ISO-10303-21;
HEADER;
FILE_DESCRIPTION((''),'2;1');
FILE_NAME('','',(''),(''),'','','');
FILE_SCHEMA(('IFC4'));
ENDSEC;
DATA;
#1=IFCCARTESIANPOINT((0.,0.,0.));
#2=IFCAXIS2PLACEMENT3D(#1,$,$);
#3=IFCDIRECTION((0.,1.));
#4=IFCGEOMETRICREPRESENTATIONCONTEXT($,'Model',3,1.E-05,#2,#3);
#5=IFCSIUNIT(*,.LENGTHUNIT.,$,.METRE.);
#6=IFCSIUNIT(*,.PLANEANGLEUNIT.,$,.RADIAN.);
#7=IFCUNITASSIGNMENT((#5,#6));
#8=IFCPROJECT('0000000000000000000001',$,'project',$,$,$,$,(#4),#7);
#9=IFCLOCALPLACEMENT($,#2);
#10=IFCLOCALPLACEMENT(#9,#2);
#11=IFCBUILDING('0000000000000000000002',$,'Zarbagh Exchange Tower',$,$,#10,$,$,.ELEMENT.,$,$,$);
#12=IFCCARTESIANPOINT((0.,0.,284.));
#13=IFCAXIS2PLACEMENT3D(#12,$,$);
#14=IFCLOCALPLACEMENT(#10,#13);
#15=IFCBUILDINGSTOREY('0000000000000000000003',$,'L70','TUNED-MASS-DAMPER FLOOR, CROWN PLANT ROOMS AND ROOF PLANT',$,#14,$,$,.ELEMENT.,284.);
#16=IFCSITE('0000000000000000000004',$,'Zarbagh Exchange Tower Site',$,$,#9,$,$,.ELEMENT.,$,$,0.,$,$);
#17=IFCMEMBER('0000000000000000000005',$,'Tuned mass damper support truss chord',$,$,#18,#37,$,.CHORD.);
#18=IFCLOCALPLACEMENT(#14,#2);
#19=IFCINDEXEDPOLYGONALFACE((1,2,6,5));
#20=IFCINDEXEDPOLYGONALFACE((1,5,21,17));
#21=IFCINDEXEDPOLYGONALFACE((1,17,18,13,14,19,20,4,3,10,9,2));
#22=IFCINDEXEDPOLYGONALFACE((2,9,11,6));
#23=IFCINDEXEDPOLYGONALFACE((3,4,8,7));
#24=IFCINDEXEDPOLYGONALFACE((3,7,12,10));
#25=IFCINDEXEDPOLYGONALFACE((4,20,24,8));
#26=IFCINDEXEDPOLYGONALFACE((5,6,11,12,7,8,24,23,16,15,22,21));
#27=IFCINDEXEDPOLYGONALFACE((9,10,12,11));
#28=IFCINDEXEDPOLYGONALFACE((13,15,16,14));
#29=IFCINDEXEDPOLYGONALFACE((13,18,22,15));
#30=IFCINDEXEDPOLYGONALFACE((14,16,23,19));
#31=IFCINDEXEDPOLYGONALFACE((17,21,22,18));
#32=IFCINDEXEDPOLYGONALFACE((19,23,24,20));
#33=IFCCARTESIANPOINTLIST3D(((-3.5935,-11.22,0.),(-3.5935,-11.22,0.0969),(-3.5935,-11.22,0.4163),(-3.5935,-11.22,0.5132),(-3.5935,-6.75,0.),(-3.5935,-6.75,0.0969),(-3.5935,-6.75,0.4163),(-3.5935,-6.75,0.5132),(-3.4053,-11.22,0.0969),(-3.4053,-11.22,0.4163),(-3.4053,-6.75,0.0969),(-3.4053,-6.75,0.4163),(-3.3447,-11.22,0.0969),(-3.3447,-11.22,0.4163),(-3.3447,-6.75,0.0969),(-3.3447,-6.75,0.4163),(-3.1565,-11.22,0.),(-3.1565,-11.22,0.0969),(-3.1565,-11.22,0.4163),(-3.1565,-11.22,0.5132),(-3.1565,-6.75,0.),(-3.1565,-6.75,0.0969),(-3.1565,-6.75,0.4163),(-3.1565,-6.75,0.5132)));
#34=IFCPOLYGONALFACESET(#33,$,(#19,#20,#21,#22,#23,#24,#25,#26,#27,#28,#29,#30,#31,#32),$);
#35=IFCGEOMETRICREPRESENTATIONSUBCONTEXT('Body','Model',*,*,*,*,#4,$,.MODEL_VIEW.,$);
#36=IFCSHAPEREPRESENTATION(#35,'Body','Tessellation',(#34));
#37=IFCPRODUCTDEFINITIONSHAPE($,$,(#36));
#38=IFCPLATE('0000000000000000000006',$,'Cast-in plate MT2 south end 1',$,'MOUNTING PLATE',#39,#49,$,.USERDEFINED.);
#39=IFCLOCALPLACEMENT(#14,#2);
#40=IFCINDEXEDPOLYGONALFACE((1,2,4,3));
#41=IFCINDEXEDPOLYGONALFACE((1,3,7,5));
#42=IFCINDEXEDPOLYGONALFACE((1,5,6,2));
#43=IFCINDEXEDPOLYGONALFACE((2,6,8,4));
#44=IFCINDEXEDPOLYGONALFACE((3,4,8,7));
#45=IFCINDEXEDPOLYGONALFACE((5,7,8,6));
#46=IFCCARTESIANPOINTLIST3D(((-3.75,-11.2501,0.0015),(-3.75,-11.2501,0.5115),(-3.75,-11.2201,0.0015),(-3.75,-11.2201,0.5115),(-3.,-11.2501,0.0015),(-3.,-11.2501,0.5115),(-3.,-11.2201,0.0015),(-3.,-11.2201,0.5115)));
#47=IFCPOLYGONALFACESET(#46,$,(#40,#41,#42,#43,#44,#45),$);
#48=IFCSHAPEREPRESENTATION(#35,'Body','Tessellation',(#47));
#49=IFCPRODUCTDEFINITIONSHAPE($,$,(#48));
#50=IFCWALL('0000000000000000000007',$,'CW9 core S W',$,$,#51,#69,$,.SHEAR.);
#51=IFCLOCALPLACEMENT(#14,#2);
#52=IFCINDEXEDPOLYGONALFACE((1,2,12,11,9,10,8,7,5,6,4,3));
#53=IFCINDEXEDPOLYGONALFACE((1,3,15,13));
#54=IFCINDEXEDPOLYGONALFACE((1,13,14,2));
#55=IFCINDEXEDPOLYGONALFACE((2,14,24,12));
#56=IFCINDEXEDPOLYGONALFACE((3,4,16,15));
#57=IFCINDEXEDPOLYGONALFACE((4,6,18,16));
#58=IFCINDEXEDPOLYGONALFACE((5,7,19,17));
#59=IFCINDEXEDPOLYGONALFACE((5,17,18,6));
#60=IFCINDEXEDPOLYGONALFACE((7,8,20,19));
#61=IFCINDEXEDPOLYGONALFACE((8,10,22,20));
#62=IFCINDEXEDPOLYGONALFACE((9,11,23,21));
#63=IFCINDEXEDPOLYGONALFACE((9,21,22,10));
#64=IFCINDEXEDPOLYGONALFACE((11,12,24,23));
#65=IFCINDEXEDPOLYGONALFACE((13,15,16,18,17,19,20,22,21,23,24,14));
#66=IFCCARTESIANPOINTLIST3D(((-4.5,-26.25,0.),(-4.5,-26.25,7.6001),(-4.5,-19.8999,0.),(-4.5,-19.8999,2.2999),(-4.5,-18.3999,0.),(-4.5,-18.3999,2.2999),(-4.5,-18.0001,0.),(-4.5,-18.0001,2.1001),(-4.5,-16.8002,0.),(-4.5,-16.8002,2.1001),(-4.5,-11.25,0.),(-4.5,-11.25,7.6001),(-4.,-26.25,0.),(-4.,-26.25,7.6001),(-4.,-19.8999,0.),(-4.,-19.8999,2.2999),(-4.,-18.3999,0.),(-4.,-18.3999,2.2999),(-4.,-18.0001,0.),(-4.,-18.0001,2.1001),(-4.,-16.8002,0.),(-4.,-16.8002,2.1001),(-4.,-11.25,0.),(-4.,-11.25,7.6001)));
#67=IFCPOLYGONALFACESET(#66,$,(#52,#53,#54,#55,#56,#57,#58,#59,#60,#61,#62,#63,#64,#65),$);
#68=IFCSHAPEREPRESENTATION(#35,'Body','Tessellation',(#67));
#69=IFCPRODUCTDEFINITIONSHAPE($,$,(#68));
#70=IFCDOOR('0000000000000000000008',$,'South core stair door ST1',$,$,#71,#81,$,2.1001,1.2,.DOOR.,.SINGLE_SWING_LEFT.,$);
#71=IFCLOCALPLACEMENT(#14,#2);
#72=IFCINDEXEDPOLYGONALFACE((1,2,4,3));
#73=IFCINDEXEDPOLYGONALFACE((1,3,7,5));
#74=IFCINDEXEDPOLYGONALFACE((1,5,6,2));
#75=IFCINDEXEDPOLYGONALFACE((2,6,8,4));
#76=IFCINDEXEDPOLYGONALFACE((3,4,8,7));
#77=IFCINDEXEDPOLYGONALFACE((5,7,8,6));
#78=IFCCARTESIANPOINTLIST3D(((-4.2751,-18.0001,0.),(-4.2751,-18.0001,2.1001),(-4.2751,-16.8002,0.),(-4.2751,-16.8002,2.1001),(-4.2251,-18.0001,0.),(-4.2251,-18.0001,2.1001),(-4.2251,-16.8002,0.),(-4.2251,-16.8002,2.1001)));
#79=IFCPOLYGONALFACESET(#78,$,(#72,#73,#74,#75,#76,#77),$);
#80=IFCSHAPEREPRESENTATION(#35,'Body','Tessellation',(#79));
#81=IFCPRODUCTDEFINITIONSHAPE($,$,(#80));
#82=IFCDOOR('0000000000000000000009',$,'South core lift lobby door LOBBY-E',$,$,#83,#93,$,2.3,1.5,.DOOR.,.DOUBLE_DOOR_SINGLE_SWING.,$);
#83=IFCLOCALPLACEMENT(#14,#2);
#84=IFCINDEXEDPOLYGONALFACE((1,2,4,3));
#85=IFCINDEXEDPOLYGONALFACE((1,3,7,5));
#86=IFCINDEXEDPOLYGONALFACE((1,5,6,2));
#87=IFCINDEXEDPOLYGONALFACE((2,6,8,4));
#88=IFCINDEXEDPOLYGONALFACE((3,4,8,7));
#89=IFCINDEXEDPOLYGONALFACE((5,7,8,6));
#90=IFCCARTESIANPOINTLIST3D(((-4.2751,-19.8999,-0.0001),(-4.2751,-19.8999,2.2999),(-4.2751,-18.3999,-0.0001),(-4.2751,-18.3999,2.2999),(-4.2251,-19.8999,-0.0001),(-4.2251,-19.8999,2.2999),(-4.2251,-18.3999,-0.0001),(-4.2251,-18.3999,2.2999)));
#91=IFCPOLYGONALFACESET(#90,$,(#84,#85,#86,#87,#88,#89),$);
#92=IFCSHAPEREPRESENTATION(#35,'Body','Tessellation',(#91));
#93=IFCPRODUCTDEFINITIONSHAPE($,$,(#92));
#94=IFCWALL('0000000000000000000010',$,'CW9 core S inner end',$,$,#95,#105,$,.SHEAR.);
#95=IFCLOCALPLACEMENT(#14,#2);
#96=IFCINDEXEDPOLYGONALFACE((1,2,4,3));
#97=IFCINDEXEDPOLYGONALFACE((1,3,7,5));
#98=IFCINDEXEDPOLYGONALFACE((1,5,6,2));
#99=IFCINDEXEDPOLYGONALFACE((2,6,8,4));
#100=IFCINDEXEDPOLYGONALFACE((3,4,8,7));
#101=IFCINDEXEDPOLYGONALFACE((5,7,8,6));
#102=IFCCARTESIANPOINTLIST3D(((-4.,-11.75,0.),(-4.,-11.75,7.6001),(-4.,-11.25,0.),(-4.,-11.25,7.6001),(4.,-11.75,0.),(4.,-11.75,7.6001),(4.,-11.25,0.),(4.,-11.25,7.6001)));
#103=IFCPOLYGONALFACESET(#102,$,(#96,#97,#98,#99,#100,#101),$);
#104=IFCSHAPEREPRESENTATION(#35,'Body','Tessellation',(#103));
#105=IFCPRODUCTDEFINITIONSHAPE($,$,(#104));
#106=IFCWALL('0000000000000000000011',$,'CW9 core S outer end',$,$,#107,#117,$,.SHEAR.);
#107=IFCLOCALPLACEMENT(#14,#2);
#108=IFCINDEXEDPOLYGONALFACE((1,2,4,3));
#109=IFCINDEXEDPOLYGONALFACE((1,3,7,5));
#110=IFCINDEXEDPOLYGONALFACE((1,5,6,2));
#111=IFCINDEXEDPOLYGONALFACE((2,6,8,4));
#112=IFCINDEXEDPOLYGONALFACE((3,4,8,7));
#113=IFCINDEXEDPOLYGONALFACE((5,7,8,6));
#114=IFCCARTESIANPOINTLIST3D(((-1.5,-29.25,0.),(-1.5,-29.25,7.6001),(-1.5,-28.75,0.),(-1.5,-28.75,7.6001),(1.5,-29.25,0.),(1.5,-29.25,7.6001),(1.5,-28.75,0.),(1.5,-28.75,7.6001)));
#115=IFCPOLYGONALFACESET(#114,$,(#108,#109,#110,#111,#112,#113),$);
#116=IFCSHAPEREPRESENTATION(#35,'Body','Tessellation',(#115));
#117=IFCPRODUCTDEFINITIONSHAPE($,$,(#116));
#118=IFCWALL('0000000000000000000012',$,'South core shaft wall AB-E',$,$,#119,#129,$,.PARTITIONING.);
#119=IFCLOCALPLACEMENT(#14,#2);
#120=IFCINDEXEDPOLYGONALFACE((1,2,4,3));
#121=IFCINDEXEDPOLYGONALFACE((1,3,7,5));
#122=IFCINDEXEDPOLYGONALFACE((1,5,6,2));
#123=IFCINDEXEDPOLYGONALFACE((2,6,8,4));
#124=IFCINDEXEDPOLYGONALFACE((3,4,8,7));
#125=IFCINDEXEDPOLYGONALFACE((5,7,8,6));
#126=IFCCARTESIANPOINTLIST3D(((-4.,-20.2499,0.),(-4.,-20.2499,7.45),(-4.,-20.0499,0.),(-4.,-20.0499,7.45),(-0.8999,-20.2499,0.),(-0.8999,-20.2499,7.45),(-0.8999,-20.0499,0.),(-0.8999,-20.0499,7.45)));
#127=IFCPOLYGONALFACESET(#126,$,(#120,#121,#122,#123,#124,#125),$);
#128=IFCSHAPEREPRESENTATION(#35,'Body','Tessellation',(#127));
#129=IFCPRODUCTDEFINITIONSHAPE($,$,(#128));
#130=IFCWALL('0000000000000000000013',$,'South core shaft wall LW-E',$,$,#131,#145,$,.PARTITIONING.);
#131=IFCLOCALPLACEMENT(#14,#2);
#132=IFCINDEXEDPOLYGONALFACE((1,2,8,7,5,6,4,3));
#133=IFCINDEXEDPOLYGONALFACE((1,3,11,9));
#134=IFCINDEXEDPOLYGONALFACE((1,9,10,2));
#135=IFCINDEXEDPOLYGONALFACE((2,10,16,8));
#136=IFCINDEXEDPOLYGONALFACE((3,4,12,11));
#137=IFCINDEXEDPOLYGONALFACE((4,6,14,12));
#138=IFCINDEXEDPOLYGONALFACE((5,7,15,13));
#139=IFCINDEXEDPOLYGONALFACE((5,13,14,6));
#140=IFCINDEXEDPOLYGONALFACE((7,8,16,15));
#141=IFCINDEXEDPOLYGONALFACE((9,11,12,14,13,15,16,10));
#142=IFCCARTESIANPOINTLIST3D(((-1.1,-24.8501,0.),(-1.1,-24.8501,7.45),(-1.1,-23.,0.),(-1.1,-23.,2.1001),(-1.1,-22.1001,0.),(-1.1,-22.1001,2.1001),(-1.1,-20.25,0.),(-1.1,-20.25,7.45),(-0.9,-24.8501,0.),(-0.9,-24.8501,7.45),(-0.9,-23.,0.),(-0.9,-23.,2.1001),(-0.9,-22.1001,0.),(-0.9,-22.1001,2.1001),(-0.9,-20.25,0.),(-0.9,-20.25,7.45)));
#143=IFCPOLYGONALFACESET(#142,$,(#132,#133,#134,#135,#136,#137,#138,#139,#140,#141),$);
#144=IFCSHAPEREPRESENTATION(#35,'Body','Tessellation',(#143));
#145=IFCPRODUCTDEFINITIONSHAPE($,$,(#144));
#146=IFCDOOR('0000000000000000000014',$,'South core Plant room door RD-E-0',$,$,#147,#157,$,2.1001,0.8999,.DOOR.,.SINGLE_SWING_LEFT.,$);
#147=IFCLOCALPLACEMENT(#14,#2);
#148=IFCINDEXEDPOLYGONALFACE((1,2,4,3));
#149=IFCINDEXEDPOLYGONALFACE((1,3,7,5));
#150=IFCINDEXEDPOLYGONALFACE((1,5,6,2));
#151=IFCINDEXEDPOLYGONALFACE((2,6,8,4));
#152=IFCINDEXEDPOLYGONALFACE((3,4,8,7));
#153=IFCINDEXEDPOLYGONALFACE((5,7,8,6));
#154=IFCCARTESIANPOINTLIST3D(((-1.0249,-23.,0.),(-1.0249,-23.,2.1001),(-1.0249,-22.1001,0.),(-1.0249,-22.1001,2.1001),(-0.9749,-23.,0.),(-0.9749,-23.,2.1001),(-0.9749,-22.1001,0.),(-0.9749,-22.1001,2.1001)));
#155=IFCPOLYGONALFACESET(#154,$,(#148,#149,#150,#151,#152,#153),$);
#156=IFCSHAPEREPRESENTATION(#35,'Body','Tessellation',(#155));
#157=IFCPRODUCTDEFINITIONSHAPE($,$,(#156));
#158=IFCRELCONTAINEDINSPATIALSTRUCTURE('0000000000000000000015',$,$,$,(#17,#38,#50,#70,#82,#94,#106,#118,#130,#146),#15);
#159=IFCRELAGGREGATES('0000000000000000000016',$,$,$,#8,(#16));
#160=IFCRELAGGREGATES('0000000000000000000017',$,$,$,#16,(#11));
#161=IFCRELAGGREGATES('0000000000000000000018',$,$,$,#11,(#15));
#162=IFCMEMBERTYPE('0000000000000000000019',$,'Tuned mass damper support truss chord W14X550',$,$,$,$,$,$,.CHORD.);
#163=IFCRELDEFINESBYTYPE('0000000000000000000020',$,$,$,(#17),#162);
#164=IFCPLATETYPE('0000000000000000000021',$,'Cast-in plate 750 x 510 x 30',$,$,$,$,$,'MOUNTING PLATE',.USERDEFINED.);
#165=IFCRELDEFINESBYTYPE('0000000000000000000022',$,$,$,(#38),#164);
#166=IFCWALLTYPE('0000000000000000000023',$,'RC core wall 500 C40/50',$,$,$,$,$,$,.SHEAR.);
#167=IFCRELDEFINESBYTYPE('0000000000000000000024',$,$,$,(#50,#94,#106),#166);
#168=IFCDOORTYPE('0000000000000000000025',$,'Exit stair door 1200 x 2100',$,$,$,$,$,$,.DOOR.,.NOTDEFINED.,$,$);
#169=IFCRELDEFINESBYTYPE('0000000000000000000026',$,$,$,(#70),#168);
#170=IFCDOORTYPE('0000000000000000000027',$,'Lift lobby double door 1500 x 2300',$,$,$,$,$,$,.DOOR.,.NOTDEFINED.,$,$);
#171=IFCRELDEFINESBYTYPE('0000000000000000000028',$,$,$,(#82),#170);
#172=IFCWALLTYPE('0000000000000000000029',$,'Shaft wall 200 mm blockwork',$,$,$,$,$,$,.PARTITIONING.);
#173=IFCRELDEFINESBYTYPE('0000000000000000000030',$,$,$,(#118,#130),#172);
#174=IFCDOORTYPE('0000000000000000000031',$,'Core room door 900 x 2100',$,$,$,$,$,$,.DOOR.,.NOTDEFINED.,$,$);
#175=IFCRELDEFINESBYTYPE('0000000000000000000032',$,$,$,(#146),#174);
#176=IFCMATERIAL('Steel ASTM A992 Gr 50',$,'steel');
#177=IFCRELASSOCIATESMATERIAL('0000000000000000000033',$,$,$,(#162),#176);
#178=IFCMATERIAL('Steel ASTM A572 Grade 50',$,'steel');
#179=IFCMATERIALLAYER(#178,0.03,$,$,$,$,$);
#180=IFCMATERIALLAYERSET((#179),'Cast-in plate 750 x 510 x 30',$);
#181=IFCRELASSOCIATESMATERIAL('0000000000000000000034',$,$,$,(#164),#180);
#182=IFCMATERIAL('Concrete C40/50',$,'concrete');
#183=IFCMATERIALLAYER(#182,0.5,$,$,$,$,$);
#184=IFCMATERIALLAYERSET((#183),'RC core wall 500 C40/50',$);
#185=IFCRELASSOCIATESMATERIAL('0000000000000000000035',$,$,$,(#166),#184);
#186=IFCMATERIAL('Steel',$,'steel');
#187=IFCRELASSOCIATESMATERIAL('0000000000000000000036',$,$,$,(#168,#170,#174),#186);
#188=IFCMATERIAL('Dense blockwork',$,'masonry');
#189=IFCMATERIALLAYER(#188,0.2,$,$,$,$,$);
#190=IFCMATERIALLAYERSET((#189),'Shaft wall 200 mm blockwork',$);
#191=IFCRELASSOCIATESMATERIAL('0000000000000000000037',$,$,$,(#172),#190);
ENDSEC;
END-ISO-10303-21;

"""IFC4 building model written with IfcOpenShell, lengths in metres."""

from ifc_helpers import new_model, si_unit, direction, frame, frame_2d, origin, origin_2d, place, context, subcontext, project, spatial, rectangle, i_section, extrude, material, layer, layer_set, material_profile, profile_set, type_object, element, fill, save


model = new_model("IFC4")

# Units and contexts
model_context = context("Model", 3, precision=1e-05, world=origin(), true_north=direction((0.0, 1.0)))
body_context = subcontext(model_context, "Body", "Model", "MODEL_VIEW")
ifc_project = project(units=[si_unit("LENGTHUNIT", "METRE"), si_unit("PLANEANGLEUNIT", "RADIAN")], contexts=[model_context])

# Site, building, storey
site_placement = place(None, origin())
site = spatial("IfcSite", under=ifc_project, at=site_placement, Name="Zarbagh Exchange Tower Site", CompositionType="ELEMENT", RefElevation=0.0)
building_placement = place(site_placement, origin())
building = spatial("IfcBuilding", under=site, at=building_placement, Name="Zarbagh Exchange Tower", CompositionType="ELEMENT")
storey_placement = place(building_placement, frame((0.0, 0.0, 284.0)))
storey = spatial("IfcBuildingStorey", under=building, at=storey_placement, Name="L70", Description="TUNED-MASS-DAMPER FLOOR, CROWN PLANT ROOMS AND ROOF PLANT", CompositionType="ELEMENT", Elevation=284.0)

# Member
ifc_material_1 = material(Name="Steel ASTM A992 Gr 50", Category="steel")
ifc_material_profile = material_profile(ifc_material_1, i_section(OverallWidth=0.437, OverallDepth=0.5132, WebThickness=0.0605, FlangeThickness=0.0969, at=origin_2d()), Name="W14X550")
ifc_profile_set = profile_set([ifc_material_profile], Name="Steel ASTM A992 Gr 50")
member_type = type_object("IfcMemberType", Name="Tuned mass damper support truss chord W14X550", PredefinedType="CHORD", material=ifc_profile_set)
member_placement = place(storey_placement, frame((-3.375, -11.22, 0.2566), z_axis=(0.0, 1.0, 0.0), x_axis=(-1.0, 0.0, 0.0)))
element("IfcMember", 1, at=member_placement, inside=storey, type_object=member_type, Name="Tuned mass damper support truss chord", PredefinedType="CHORD", context=body_context, shape_type="SweptSolid", body=[
    extrude(i_section(OverallWidth=0.437, OverallDepth=0.5132, WebThickness=0.0605, FlangeThickness=0.0969, at=origin_2d()), origin(), (0.0, 0.0, 1.0), 4.47),
])

# Plate
ifc_material_2 = material(Name="Steel ASTM A572 Grade 50", Category="steel")
ifc_layer_1 = layer(ifc_material_2, 0.03)
ifc_layer_set_1 = layer_set([ifc_layer_1], Name="Cast-in plate 750 x 510 x 30")
plate_type = type_object("IfcPlateType", Name="Cast-in plate 750 x 510 x 30", ElementType="MOUNTING PLATE", PredefinedType="USERDEFINED", material=ifc_layer_set_1)
plate_placement = place(storey_placement, frame((-3.375, -11.2351, 0.0015), z_axis=(0.0, 0.0, 1.0), x_axis=(1.0, 0.0, 0.0)))
element("IfcPlate", 2, at=plate_placement, inside=storey, type_object=plate_type, Name="Cast-in plate MT2 south end 1", ObjectType="MOUNTING PLATE", PredefinedType="USERDEFINED", context=body_context, shape_type="SweptSolid", body=[
    extrude(rectangle(XDim=0.75, YDim=0.03, at=origin_2d()), origin(), (0.0, 0.0, 1.0), 0.51),
])

# Wall, openings, doors
ifc_material_3 = material(Name="Concrete C40/50", Category="concrete")
ifc_layer_2 = layer(ifc_material_3, 0.5)
ifc_layer_set_2 = layer_set([ifc_layer_2], Name="RC core wall 500 C40/50")
wall_type_1 = type_object("IfcWallType", Name="RC core wall 500 C40/50", PredefinedType="SHEAR", material=ifc_layer_set_2)
wall_1_placement = place(storey_placement, frame((-4.25, -11.25, 0.0), z_axis=(0.0, 0.0, 1.0), x_axis=(0.0, -1.0, 0.0)))
wall_1 = element("IfcWall", 3, at=wall_1_placement, inside=storey, type_object=wall_type_1, Name="CW9 core S W", PredefinedType="SHEAR", context=body_context, shape_type="SweptSolid", body=[
    extrude(rectangle(XDim=15.0, YDim=0.5, at=frame_2d((7.5, 0.0))), origin(), (0.0, 0.0, 1.0), 7.6001),
])
opening_1_placement = place(wall_1_placement, frame((7.1499, 0.0, 0.0)))
opening_1 = element("IfcOpeningElement", 4, at=opening_1_placement, cuts=wall_1, PredefinedType="OPENING", context=body_context, shape_type="SweptSolid", body=[
    extrude(rectangle(XDim=1.5, YDim=2.3, at=frame_2d((0.75, 1.1499))), frame((0.0, 0.26, 0.0), z_axis=(0.0, -1.0, 0.0), x_axis=(1.0, 0.0, 0.0)), (0.0, 0.0, 1.0), 0.52),
])
opening_2_placement = place(wall_1_placement, frame((5.55, 0.0, 0.0)))
opening_2 = element("IfcOpeningElement", 5, at=opening_2_placement, cuts=wall_1, PredefinedType="OPENING", context=body_context, shape_type="SweptSolid", body=[
    extrude(rectangle(XDim=1.2, YDim=2.1001, at=frame_2d((0.6001, 1.05))), frame((0.0, 0.26, 0.0), z_axis=(0.0, -1.0, 0.0), x_axis=(1.0, 0.0, 0.0)), (0.0, 0.0, 1.0), 0.52),
])
ifc_material_4 = material(Name="Steel", Category="steel")
door_type_1 = type_object("IfcDoorType", Name="Exit stair door 1200 x 2100", OperationType="NOTDEFINED", PredefinedType="DOOR", material=ifc_material_4)
door_1_placement = place(opening_2_placement, origin())
door_1 = element("IfcDoor", 6, at=door_1_placement, inside=storey, type_object=door_type_1, Name="South core stair door ST1", OperationType="SINGLE_SWING_LEFT", OverallHeight=2.1001, OverallWidth=1.2, PredefinedType="DOOR", context=body_context, shape_type="SweptSolid", body=[
    extrude(rectangle(XDim=1.2, YDim=2.1001, at=frame_2d((0.6001, 1.05))), frame((0.0, 0.0249, 0.0), z_axis=(0.0, -1.0, 0.0), x_axis=(1.0, 0.0, 0.0)), (0.0, 0.0, 1.0), 0.05),
])
fill(opening_2, door_1)
door_type_2 = type_object("IfcDoorType", Name="Lift lobby double door 1500 x 2300", OperationType="NOTDEFINED", PredefinedType="DOOR", material=ifc_material_4)
door_2_placement = place(opening_1_placement, origin())
door_2 = element("IfcDoor", 7, at=door_2_placement, inside=storey, type_object=door_type_2, Name="South core lift lobby door LOBBY-E", OperationType="DOUBLE_DOOR_SINGLE_SWING", OverallHeight=2.3, OverallWidth=1.5, PredefinedType="DOOR", context=body_context, shape_type="SweptSolid", body=[
    extrude(rectangle(XDim=1.5, YDim=2.3, at=frame_2d((0.75, 1.1499))), frame((0.0, 0.0249, 0.0), z_axis=(0.0, -1.0, 0.0), x_axis=(1.0, 0.0, 0.0)), (0.0, 0.0, 1.0), 0.05),
])
fill(opening_1, door_2)

# Walls
wall_2_placement = place(storey_placement, frame((-4.0, -11.5, 0.0), z_axis=(0.0, 0.0, 1.0), x_axis=(1.0, 0.0, 0.0)))
element("IfcWall", 8, at=wall_2_placement, inside=storey, type_object=wall_type_1, Name="CW9 core S inner end", PredefinedType="SHEAR", context=body_context, shape_type="SweptSolid", body=[
    extrude(rectangle(XDim=8.0, YDim=0.5, at=frame_2d((4.0, 0.0))), origin(), (0.0, 0.0, 1.0), 7.6001),
])
wall_3_placement = place(storey_placement, frame((-1.5, -29.0, 0.0), z_axis=(0.0, 0.0, 1.0), x_axis=(1.0, 0.0, 0.0)))
element("IfcWall", 9, at=wall_3_placement, inside=storey, type_object=wall_type_1, Name="CW9 core S outer end", PredefinedType="SHEAR", context=body_context, shape_type="SweptSolid", body=[
    extrude(rectangle(XDim=3.0, YDim=0.5, at=frame_2d((1.5, 0.0))), origin(), (0.0, 0.0, 1.0), 7.6001),
])
ifc_material_5 = material(Name="Dense blockwork", Category="masonry")
ifc_layer_3 = layer(ifc_material_5, 0.2)
ifc_layer_set_3 = layer_set([ifc_layer_3], Name="Shaft wall 200 mm blockwork")
wall_type_2 = type_object("IfcWallType", Name="Shaft wall 200 mm blockwork", PredefinedType="PARTITIONING", material=ifc_layer_set_3)
wall_4_placement = place(storey_placement, frame((-0.8999, -20.1499, 0.0), z_axis=(0.0, 0.0, 1.0), x_axis=(-1.0, 0.0, 0.0)))
element("IfcWall", 10, at=wall_4_placement, inside=storey, type_object=wall_type_2, Name="South core shaft wall AB-E", PredefinedType="PARTITIONING", context=body_context, shape_type="SweptSolid", body=[
    extrude(rectangle(XDim=3.1001, YDim=0.2, at=frame_2d((1.55, 0.0))), origin(), (0.0, 0.0, 1.0), 7.45),
])

# Wall, opening, door
wall_5_placement = place(storey_placement, frame((-1.0, -24.8501, 0.0), z_axis=(0.0, 0.0, 1.0), x_axis=(0.0, 1.0, 0.0)))
wall_5 = element("IfcWall", 11, at=wall_5_placement, inside=storey, type_object=wall_type_2, Name="South core shaft wall LW-E", PredefinedType="PARTITIONING", context=body_context, shape_type="SweptSolid", body=[
    extrude(rectangle(XDim=4.6001, YDim=0.2, at=frame_2d((2.3, 0.0))), origin(), (0.0, 0.0, 1.0), 7.45),
])
opening_3_placement = place(wall_5_placement, frame((1.8501, 0.0, 0.0)))
opening_3 = element("IfcOpeningElement", 12, at=opening_3_placement, cuts=wall_5, PredefinedType="OPENING", context=body_context, shape_type="SweptSolid", body=[
    extrude(rectangle(XDim=0.8999, YDim=2.1001, at=frame_2d((0.45, 1.05))), frame((0.0, 0.1099, 0.0), z_axis=(0.0, -1.0, 0.0), x_axis=(1.0, 0.0, 0.0)), (0.0, 0.0, 1.0), 0.22),
])
door_type_3 = type_object("IfcDoorType", Name="Core room door 900 x 2100", OperationType="NOTDEFINED", PredefinedType="DOOR", material=ifc_material_4)
door_3_placement = place(opening_3_placement, origin())
door_3 = element("IfcDoor", 13, at=door_3_placement, inside=storey, type_object=door_type_3, Name="South core Plant room door RD-E-0", OperationType="SINGLE_SWING_LEFT", OverallHeight=2.1001, OverallWidth=0.8999, PredefinedType="DOOR", context=body_context, shape_type="SweptSolid", body=[
    extrude(rectangle(XDim=0.8999, YDim=2.1001, at=frame_2d((0.45, 1.05))), frame((0.0, 0.0249, 0.0), z_axis=(0.0, -1.0, 0.0), x_axis=(1.0, 0.0, 0.0)), (0.0, 0.0, 1.0), 0.05),
])
fill(opening_3, door_3)

save(model, "model.ifc")
